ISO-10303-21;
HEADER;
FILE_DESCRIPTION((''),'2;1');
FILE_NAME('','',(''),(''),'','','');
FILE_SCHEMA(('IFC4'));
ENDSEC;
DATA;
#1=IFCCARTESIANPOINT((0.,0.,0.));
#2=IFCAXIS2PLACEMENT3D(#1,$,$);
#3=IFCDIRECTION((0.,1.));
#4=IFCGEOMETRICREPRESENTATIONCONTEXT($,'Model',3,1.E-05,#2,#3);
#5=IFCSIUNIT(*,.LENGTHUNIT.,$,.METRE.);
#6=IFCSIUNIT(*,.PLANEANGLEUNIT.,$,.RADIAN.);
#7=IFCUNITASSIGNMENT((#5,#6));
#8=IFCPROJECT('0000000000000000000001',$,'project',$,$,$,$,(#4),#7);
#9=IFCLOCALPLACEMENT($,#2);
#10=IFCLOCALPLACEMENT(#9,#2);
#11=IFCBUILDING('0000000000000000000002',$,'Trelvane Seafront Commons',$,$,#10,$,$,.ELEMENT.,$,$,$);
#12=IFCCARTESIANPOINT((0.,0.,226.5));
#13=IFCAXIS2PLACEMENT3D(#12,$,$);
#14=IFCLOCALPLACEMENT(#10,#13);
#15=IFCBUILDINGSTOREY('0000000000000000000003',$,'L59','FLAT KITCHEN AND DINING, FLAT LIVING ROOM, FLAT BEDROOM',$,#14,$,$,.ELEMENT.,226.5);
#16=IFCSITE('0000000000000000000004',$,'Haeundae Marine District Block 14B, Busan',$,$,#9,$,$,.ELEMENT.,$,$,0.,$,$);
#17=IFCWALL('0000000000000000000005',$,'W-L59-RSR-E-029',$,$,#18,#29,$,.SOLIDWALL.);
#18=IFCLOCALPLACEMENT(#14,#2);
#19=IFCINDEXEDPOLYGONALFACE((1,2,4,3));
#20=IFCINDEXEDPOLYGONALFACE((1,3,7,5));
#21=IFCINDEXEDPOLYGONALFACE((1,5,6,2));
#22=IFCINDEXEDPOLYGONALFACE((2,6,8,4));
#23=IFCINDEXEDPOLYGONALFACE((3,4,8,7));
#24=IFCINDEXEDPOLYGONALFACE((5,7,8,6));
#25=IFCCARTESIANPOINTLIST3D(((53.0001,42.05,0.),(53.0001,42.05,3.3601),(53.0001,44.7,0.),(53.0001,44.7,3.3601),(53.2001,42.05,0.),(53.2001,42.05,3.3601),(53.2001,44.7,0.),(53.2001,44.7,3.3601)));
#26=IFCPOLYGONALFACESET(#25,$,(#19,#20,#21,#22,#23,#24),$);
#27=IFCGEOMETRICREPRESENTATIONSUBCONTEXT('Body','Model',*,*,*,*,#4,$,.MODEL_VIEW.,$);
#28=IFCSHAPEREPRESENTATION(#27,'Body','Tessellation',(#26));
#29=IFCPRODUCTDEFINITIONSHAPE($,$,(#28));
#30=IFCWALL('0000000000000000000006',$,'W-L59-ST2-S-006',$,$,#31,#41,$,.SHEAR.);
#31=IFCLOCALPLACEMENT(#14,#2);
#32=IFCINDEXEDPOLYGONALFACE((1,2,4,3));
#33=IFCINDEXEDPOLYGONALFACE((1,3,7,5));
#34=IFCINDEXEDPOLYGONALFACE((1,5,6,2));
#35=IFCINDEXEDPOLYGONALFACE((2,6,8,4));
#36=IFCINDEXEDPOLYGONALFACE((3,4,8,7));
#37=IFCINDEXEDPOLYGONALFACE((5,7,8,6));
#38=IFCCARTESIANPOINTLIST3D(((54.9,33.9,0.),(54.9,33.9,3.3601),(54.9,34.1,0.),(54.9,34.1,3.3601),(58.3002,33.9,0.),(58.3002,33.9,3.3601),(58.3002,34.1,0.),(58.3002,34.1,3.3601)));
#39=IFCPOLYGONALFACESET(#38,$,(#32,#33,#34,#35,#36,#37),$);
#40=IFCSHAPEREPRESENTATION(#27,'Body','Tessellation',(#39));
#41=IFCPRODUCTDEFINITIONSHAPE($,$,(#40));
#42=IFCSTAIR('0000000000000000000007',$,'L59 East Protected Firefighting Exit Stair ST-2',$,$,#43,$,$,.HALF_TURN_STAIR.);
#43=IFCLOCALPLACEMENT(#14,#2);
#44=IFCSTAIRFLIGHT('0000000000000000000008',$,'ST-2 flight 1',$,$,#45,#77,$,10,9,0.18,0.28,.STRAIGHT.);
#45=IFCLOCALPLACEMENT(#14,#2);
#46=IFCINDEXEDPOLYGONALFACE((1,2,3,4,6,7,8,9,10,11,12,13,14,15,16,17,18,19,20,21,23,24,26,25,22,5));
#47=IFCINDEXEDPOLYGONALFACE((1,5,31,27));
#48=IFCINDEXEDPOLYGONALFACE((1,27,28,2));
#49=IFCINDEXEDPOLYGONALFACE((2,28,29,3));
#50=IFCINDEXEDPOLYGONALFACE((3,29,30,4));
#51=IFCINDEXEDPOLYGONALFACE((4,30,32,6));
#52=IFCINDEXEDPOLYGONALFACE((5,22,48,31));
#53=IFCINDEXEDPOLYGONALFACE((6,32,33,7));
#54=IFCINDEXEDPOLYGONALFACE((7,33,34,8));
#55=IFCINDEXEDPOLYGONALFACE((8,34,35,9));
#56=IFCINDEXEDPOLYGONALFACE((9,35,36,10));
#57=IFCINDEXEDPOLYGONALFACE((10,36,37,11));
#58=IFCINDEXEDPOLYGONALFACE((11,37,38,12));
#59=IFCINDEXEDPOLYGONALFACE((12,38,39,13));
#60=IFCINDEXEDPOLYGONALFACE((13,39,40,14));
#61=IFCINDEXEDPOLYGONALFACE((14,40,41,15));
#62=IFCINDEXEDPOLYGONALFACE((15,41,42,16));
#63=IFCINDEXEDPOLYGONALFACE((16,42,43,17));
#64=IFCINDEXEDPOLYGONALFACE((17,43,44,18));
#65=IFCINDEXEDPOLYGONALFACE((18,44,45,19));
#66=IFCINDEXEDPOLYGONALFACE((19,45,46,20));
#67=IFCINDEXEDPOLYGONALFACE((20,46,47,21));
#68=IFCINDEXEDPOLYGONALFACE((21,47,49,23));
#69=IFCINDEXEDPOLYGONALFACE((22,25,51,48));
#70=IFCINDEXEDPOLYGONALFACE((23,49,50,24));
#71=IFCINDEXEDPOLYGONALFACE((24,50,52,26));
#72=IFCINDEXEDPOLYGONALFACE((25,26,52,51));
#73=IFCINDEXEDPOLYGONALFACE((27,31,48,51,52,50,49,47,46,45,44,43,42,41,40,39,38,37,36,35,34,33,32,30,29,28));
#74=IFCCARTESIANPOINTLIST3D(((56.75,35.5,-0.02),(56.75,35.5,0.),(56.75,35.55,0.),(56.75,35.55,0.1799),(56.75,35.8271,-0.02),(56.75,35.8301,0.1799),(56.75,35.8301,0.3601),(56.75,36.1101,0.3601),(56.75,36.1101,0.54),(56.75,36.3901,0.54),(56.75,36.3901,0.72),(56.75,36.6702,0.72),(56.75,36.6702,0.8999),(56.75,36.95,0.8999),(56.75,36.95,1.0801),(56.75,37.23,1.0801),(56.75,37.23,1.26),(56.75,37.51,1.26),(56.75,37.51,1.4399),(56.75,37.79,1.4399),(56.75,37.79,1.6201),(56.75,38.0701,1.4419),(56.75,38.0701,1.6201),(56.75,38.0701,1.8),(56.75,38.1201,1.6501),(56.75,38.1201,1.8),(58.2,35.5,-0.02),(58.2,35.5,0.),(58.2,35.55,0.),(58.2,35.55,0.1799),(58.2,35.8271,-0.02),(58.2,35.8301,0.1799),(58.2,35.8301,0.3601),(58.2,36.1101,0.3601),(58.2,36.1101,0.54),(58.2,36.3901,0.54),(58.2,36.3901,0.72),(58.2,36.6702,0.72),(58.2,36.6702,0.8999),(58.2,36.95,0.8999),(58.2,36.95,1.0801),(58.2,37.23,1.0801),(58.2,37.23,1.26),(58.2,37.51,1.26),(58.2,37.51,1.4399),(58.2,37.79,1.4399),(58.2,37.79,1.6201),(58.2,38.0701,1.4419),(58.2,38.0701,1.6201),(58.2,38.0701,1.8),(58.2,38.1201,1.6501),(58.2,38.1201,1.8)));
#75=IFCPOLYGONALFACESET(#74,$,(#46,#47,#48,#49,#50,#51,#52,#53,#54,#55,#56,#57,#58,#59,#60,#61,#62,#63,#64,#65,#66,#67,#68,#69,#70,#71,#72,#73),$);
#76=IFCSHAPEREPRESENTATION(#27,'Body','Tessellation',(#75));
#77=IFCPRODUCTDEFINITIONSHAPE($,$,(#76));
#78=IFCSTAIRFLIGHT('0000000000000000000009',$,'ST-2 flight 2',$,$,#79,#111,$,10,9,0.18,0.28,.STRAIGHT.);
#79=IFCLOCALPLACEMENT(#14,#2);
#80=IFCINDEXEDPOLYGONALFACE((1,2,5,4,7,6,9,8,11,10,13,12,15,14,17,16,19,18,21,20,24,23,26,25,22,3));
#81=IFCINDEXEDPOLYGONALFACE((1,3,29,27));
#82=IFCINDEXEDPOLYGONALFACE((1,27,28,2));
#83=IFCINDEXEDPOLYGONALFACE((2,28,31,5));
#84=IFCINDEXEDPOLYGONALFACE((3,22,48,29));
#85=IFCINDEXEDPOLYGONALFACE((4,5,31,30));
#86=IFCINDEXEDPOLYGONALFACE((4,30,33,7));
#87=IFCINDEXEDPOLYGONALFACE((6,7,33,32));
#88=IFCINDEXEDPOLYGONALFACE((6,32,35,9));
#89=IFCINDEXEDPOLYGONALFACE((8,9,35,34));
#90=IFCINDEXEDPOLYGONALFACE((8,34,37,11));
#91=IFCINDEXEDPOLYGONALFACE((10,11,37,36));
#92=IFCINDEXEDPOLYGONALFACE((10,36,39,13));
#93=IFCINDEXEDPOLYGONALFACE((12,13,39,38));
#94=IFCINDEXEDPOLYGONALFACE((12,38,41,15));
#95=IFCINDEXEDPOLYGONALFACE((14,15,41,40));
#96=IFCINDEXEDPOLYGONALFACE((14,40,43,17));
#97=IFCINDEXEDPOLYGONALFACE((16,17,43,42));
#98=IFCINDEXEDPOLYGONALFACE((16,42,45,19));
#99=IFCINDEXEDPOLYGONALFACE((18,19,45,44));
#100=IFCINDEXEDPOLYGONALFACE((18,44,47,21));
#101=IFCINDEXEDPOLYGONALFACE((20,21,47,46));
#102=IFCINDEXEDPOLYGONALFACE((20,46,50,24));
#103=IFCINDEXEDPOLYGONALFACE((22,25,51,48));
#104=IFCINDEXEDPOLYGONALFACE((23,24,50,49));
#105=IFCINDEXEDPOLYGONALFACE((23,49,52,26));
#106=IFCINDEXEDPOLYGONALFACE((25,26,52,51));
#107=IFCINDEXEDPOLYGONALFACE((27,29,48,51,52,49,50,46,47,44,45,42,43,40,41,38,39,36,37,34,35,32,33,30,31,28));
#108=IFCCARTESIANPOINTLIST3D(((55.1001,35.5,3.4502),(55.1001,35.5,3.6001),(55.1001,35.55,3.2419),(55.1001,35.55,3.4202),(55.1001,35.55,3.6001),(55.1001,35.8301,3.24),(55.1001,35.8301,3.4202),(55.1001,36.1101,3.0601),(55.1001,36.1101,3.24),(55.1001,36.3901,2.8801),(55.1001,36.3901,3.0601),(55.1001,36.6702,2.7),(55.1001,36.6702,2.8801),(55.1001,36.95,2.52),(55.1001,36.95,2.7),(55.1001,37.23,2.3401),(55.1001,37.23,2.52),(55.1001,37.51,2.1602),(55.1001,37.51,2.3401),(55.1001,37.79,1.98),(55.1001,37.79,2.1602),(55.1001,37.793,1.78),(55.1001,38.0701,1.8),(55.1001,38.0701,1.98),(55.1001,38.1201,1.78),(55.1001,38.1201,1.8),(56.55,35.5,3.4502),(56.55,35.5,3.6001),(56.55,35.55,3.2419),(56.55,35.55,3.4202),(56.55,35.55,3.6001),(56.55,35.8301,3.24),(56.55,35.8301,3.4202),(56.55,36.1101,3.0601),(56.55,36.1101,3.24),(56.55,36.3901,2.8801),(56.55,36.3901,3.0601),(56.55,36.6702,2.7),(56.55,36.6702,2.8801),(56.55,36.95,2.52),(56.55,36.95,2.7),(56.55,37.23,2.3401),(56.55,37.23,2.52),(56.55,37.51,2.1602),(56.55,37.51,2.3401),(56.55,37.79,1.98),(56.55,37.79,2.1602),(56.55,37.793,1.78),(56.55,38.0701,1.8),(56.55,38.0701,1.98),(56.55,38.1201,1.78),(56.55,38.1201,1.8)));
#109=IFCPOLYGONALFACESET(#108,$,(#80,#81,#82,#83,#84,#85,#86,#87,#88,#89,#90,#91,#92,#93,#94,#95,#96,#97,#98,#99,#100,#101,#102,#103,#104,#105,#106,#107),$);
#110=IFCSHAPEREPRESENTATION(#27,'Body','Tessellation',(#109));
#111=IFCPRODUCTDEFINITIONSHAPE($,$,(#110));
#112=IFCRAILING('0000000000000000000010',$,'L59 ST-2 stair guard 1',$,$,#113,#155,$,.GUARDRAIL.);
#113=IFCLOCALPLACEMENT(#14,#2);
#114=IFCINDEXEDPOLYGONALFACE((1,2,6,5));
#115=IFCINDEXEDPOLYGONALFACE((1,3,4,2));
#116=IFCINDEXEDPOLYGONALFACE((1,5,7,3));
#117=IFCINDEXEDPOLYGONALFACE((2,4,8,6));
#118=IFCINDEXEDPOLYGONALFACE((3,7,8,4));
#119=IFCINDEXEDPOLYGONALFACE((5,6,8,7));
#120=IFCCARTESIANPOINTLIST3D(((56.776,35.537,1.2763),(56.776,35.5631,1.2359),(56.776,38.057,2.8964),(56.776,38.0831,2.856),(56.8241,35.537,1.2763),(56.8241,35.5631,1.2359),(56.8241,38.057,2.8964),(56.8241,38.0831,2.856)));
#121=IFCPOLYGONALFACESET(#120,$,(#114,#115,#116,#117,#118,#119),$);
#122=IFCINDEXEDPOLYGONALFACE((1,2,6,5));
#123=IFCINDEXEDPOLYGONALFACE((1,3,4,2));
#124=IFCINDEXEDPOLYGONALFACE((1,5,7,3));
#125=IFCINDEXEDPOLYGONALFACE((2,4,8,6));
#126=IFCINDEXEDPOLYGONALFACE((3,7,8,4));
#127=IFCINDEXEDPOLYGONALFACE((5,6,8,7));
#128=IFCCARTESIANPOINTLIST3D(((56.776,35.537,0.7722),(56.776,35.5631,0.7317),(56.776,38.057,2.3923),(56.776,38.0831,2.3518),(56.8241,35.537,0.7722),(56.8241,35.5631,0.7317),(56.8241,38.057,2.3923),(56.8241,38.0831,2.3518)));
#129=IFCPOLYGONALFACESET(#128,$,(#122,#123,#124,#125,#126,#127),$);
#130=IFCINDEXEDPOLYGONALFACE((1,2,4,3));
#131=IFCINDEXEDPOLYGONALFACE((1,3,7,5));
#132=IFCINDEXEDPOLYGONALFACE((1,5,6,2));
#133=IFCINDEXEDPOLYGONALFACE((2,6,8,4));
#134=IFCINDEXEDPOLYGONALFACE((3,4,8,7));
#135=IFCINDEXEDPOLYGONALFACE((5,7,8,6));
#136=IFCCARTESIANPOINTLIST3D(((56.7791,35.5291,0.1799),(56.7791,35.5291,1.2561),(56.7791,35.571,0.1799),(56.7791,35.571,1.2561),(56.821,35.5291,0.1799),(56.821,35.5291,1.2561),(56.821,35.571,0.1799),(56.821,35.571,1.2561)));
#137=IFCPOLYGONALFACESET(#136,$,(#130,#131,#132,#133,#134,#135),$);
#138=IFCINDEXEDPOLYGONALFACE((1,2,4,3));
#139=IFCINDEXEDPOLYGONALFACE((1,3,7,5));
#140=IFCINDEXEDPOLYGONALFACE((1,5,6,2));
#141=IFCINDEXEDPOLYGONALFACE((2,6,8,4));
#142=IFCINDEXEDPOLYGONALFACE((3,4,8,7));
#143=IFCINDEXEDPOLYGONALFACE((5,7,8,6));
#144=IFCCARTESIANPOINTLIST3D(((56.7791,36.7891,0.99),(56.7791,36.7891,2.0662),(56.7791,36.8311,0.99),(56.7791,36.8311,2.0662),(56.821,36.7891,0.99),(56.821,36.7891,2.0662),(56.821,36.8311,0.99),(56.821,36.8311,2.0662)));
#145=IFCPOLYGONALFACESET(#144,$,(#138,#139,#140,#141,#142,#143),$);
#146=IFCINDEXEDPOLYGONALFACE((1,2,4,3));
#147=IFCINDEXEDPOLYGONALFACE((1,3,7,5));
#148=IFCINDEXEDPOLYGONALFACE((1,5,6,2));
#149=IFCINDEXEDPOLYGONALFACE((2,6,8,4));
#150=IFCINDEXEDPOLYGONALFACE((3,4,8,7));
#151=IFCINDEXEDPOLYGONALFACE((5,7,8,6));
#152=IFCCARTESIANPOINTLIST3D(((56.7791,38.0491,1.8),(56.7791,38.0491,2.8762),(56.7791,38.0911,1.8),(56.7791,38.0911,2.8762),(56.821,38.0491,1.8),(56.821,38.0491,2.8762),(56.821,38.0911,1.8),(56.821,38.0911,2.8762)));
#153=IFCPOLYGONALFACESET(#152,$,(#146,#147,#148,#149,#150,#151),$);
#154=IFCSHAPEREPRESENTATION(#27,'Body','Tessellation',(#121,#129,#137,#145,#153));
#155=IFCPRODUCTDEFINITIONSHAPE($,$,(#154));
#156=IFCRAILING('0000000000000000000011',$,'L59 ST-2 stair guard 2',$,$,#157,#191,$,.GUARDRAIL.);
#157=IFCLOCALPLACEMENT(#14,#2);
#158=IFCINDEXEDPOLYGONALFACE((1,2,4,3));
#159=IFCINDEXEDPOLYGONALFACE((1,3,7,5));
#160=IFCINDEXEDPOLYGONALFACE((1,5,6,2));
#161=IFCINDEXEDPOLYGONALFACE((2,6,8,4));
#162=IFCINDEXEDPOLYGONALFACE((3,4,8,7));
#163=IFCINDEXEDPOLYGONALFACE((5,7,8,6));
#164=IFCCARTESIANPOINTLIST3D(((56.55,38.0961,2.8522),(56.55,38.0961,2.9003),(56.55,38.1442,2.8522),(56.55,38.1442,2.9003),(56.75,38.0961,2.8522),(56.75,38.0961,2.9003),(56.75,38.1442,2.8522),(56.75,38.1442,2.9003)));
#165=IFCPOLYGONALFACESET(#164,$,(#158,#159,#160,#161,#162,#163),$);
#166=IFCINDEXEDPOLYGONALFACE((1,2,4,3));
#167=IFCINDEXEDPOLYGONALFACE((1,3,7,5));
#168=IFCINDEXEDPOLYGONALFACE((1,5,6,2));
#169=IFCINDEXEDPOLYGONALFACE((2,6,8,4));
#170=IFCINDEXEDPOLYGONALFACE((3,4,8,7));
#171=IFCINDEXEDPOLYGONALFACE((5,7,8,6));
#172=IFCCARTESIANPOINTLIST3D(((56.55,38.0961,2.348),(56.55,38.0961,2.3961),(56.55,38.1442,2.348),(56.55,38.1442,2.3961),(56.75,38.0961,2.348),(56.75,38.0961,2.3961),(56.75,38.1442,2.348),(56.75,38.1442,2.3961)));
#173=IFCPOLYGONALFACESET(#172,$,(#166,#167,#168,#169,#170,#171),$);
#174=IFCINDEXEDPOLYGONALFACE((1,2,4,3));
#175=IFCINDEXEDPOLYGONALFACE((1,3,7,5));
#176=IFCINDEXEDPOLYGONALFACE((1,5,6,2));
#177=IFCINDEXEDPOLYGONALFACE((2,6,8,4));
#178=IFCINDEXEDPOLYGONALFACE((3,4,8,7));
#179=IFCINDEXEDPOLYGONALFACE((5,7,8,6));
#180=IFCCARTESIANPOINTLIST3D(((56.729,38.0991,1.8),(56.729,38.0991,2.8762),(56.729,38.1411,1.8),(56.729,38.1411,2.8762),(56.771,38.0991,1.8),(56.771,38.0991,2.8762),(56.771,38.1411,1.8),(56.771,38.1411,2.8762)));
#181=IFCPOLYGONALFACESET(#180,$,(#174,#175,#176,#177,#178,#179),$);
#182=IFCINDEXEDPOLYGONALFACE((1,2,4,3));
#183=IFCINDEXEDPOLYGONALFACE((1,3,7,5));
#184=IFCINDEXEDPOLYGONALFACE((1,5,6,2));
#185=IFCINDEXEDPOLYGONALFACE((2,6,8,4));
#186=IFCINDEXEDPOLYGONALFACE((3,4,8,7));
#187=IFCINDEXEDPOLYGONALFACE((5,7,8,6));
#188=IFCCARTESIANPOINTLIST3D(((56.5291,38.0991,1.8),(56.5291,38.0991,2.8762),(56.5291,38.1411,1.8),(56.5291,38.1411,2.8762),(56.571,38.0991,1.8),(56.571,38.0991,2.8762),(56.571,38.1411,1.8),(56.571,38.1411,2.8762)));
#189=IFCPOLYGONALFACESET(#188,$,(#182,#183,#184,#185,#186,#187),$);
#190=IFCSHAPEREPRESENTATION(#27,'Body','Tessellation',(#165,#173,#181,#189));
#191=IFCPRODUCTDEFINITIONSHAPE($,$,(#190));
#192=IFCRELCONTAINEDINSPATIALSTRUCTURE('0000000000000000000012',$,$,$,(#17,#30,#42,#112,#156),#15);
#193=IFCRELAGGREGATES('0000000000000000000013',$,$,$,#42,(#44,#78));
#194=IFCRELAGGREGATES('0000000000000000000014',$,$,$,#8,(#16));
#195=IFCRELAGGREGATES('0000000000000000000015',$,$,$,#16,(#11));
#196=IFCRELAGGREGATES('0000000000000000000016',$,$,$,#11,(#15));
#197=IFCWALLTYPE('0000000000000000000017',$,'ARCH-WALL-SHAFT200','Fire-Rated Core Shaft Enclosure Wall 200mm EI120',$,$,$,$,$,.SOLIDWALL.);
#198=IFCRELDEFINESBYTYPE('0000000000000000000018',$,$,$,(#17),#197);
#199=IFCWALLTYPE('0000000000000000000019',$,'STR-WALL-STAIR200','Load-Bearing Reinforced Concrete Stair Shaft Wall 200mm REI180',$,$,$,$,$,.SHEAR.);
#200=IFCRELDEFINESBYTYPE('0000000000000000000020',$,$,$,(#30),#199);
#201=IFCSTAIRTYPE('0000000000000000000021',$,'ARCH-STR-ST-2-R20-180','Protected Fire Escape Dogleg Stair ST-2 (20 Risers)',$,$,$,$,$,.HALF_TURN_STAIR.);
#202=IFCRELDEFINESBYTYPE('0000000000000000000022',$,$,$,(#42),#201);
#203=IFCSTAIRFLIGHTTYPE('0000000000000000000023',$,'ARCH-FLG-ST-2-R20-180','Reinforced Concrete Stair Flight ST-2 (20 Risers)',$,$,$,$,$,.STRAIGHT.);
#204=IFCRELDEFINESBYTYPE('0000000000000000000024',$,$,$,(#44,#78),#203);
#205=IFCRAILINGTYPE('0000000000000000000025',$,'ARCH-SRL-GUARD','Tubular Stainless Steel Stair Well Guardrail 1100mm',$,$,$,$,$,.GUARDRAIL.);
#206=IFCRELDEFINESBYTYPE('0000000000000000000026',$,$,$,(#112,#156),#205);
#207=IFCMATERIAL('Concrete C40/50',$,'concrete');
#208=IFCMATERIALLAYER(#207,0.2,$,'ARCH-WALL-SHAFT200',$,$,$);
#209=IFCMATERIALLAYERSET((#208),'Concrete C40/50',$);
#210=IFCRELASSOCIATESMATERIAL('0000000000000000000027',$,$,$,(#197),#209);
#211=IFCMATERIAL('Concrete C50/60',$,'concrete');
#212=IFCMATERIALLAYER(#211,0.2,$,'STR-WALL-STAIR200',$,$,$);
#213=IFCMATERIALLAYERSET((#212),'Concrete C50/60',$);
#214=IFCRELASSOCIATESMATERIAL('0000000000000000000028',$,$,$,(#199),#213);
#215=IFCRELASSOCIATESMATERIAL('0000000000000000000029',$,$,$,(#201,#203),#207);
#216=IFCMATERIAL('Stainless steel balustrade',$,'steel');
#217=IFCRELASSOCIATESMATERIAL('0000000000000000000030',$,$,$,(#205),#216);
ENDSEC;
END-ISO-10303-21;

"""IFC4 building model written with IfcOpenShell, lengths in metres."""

from ifc_helpers import new_model, si_unit, direction, frame, frame_2d, origin, origin_2d, place, context, subcontext, project, spatial, polyline, rectangle, outline, extrude, source, transform, mapped, material, layer, layer_set, type_object, element, aggregate, save


model = new_model("IFC4")

# Units and contexts
model_context = context("Model", 3, precision=1e-05, world=origin(), true_north=direction((0.0, 1.0)))
body_context = subcontext(model_context, "Body", "Model", "MODEL_VIEW")
ifc_project = project(units=[si_unit("LENGTHUNIT", "METRE"), si_unit("PLANEANGLEUNIT", "RADIAN")], contexts=[model_context])

# Site, building, storey
site_placement = place(None, origin())
site = spatial("IfcSite", under=ifc_project, at=site_placement, Name="Haeundae Marine District Block 14B, Busan", CompositionType="ELEMENT", RefElevation=0.0)
building_placement = place(site_placement, origin())
building = spatial("IfcBuilding", under=site, at=building_placement, Name="Trelvane Seafront Commons", CompositionType="ELEMENT")
storey_placement = place(building_placement, frame((0.0, 0.0, 226.5)))
storey = spatial("IfcBuildingStorey", under=building, at=storey_placement, Name="L59", Description="FLAT KITCHEN AND DINING, FLAT LIVING ROOM, FLAT BEDROOM", CompositionType="ELEMENT", Elevation=226.5)

# Shared definitions
ifc_material_1 = material(Name="Concrete C50/60", Category="concrete")

# Shared definitions
ifc_material_2 = material(Name="Concrete C40/50", Category="concrete")

# Walls
ifc_layer_1 = layer(ifc_material_2, 0.2, Name="ARCH-WALL-SHAFT200")
ifc_layer_set_1 = layer_set([ifc_layer_1], Name="Concrete C40/50")
wall_type_1 = type_object("IfcWallType", Name="ARCH-WALL-SHAFT200", Description="Fire-Rated Core Shaft Enclosure Wall 200mm EI120", PredefinedType="SOLIDWALL", material=ifc_layer_set_1)
wall_1_placement = place(storey_placement, frame((53.1001, 42.05, 0.0), z_axis=(0.0, 0.0, 1.0), x_axis=(0.0, 1.0, 0.0)))
element("IfcWall", 1, at=wall_1_placement, inside=storey, type_object=wall_type_1, Name="W-L59-RSR-E-029", PredefinedType="SOLIDWALL", context=body_context, shape_type="SweptSolid", body=[
    extrude(rectangle(XDim=2.6499, YDim=0.2, at=frame_2d((1.325, 0.0))), origin(), (0.0, 0.0, 1.0), 3.3601),
])
ifc_layer_2 = layer(ifc_material_1, 0.2, Name="STR-WALL-STAIR200")
ifc_layer_set_2 = layer_set([ifc_layer_2], Name="Concrete C50/60")
wall_type_2 = type_object("IfcWallType", Name="STR-WALL-STAIR200", Description="Load-Bearing Reinforced Concrete Stair Shaft Wall 200mm REI180", PredefinedType="SHEAR", material=ifc_layer_set_2)
wall_2_placement = place(storey_placement, frame((54.8999, 34.0, 0.0), z_axis=(0.0, 0.0, 1.0), x_axis=(1.0, 0.0, 0.0)))
element("IfcWall", 2, at=wall_2_placement, inside=storey, type_object=wall_type_2, Name="W-L59-ST2-S-006", PredefinedType="SHEAR", context=body_context, shape_type="SweptSolid", body=[
    extrude(rectangle(XDim=3.4001, YDim=0.2, at=frame_2d((1.7002, 0.0))), origin(), (0.0, 0.0, 1.0), 3.3601),
])

# Stair, stair flights
stair_type = type_object("IfcStairType", Name="ARCH-STR-ST-2-R20-180", Description="Protected Fire Escape Dogleg Stair ST-2 (20 Risers)", PredefinedType="HALF_TURN_STAIR", material=ifc_material_2)
stair_placement = place(storey_placement, origin())
stair = element("IfcStair", 3, at=stair_placement, inside=storey, type_object=stair_type, Name="L59 East Protected Firefighting Exit Stair ST-2", PredefinedType="HALF_TURN_STAIR")
stair_flight_type = type_object("IfcStairFlightType", Name="ARCH-FLG-ST-2-R20-180", Description="Reinforced Concrete Stair Flight ST-2 (20 Risers)", PredefinedType="STRAIGHT", material=ifc_material_2)
shared_shape_1 = source(origin(), body_context, "Body", "SweptSolid", [
    extrude(outline(polyline([(-0.05, -0.02), (-0.05, 0.0), (0.0, 0.0), (0.0, 0.1799), (0.28, 0.1799), (0.28, 0.3601), (0.5601, 0.3601), (0.5601, 0.54), (0.8401, 0.54), (0.8401, 0.72), (1.1201, 0.72), (1.1201, 0.8999), (1.3999, 0.8999), (1.3999, 1.0801), (1.6799, 1.0801), (1.6799, 1.26), (1.96, 1.26), (1.96, 1.4399), (2.24, 1.4399), (2.24, 1.6201), (2.52, 1.6201), (2.52, 1.8), (2.5701, 1.8), (2.5701, 1.6501), (2.52, 1.4419), (0.2771, -0.02), (-0.05, -0.02)])), frame((0.0, 0.7251, 0.0), z_axis=(0.0, -1.0, 0.0), x_axis=(1.0, 0.0, 0.0)), (0.0, 0.0, 1.0), 1.45),
])
stair_flight_1_placement = place(storey_placement, frame((57.4751, 35.55, 0.0), z_axis=(0.0, 0.0, 1.0), x_axis=(0.0, 1.0, 0.0)))
stair_flight_1 = element("IfcStairFlight", 4, at=stair_flight_1_placement, type_object=stair_flight_type, Name="ST-2 flight 1", NumberOfRisers=10, NumberOfTreads=9, PredefinedType="STRAIGHT", RiserHeight=0.18, TreadLength=0.28, context=body_context, shape_type="MappedRepresentation", body=[
    mapped(shared_shape_1, transform((0.0, 0.0, 0.0), x_axis=(1.0, 0.0, 0.0), y_axis=(0.0, 1.0, 0.0), z_axis=(0.0, 0.0, 1.0), scale=1.0)),
])
stair_flight_2_placement = place(storey_placement, frame((55.825, 38.0701, 1.8), z_axis=(0.0, 0.0, 1.0), x_axis=(0.0, -1.0, 0.0)))
stair_flight_2 = element("IfcStairFlight", 5, at=stair_flight_2_placement, type_object=stair_flight_type, Name="ST-2 flight 2", NumberOfRisers=10, NumberOfTreads=9, PredefinedType="STRAIGHT", RiserHeight=0.18, TreadLength=0.28, context=body_context, shape_type="MappedRepresentation", body=[
    mapped(shared_shape_1, transform((0.0, 0.0, 0.0), x_axis=(1.0, 0.0, 0.0), y_axis=(0.0, 1.0, 0.0), z_axis=(0.0, 0.0, 1.0), scale=1.0)),
])
aggregate(stair, [stair_flight_1, stair_flight_2])

# Railings
ifc_material_3 = material(Name="Stainless steel balustrade", Category="steel")
railing_type_1 = type_object("IfcRailingType", Name="ARCH-SRL-GUARD", Description="Tubular Stainless Steel Stair Well Guardrail 1100mm", PredefinedType="GUARDRAIL", material=ifc_material_3)
railing_1_placement = place(storey_placement, frame((56.8, 35.55, 0.1799)))
element("IfcRailing", 6, at=railing_1_placement, inside=storey, type_object=railing_type_1, Name="L59 ST-2 stair guard 1", PredefinedType="GUARDRAIL", context=body_context, shape_type="SweptSolid", body=[
    extrude(rectangle(XDim=0.0481, YDim=0.0481, at=origin_2d()), frame((0.0, 0.0, 1.0762), z_axis=(0.0, 0.841163, 0.540782), x_axis=(-1.0, 0.0, 0.0)), (0.0, 0.0, 1.0), 2.9958),
    extrude(rectangle(XDim=0.0481, YDim=0.0481, at=origin_2d()), frame((0.0, 0.0, 0.572), z_axis=(0.0, 0.841163, 0.540782), x_axis=(-1.0, 0.0, 0.0)), (0.0, 0.0, 1.0), 2.9958),
    extrude(rectangle(XDim=0.042, YDim=0.042, at=origin_2d()), origin(), (0.0, 0.0, 1.0), 1.0762),
    extrude(rectangle(XDim=0.042, YDim=0.042, at=origin_2d()), frame((0.0, 1.26, 0.8101)), (0.0, 0.0, 1.0), 1.0762),
    extrude(rectangle(XDim=0.042, YDim=0.042, at=origin_2d()), frame((0.0, 2.52, 1.6201)), (0.0, 0.0, 1.0), 1.0762),
])
railing_2_placement = place(storey_placement, frame((56.75, 38.1201, 1.8)))
element("IfcRailing", 7, at=railing_2_placement, inside=storey, type_object=railing_type_1, Name="L59 ST-2 stair guard 2", PredefinedType="GUARDRAIL", context=body_context, shape_type="SweptSolid", body=[
    extrude(rectangle(XDim=0.0481, YDim=0.0481, at=origin_2d()), frame((0.0, 0.0, 1.0762), z_axis=(-1.0, 0.0, 0.0), x_axis=(0.0, -1.0, 0.0)), (0.0, 0.0, 1.0), 0.2),
    extrude(rectangle(XDim=0.0481, YDim=0.0481, at=origin_2d()), frame((0.0, 0.0, 0.572), z_axis=(-1.0, 0.0, 0.0), x_axis=(0.0, -1.0, 0.0)), (0.0, 0.0, 1.0), 0.2),
    extrude(rectangle(XDim=0.042, YDim=0.042, at=origin_2d()), origin(), (0.0, 0.0, 1.0), 1.0762),
    extrude(rectangle(XDim=0.042, YDim=0.042, at=origin_2d()), frame((-0.2, 0.0, 0.0)), (0.0, 0.0, 1.0), 1.0762),
])

save(model, "model.ifc")
